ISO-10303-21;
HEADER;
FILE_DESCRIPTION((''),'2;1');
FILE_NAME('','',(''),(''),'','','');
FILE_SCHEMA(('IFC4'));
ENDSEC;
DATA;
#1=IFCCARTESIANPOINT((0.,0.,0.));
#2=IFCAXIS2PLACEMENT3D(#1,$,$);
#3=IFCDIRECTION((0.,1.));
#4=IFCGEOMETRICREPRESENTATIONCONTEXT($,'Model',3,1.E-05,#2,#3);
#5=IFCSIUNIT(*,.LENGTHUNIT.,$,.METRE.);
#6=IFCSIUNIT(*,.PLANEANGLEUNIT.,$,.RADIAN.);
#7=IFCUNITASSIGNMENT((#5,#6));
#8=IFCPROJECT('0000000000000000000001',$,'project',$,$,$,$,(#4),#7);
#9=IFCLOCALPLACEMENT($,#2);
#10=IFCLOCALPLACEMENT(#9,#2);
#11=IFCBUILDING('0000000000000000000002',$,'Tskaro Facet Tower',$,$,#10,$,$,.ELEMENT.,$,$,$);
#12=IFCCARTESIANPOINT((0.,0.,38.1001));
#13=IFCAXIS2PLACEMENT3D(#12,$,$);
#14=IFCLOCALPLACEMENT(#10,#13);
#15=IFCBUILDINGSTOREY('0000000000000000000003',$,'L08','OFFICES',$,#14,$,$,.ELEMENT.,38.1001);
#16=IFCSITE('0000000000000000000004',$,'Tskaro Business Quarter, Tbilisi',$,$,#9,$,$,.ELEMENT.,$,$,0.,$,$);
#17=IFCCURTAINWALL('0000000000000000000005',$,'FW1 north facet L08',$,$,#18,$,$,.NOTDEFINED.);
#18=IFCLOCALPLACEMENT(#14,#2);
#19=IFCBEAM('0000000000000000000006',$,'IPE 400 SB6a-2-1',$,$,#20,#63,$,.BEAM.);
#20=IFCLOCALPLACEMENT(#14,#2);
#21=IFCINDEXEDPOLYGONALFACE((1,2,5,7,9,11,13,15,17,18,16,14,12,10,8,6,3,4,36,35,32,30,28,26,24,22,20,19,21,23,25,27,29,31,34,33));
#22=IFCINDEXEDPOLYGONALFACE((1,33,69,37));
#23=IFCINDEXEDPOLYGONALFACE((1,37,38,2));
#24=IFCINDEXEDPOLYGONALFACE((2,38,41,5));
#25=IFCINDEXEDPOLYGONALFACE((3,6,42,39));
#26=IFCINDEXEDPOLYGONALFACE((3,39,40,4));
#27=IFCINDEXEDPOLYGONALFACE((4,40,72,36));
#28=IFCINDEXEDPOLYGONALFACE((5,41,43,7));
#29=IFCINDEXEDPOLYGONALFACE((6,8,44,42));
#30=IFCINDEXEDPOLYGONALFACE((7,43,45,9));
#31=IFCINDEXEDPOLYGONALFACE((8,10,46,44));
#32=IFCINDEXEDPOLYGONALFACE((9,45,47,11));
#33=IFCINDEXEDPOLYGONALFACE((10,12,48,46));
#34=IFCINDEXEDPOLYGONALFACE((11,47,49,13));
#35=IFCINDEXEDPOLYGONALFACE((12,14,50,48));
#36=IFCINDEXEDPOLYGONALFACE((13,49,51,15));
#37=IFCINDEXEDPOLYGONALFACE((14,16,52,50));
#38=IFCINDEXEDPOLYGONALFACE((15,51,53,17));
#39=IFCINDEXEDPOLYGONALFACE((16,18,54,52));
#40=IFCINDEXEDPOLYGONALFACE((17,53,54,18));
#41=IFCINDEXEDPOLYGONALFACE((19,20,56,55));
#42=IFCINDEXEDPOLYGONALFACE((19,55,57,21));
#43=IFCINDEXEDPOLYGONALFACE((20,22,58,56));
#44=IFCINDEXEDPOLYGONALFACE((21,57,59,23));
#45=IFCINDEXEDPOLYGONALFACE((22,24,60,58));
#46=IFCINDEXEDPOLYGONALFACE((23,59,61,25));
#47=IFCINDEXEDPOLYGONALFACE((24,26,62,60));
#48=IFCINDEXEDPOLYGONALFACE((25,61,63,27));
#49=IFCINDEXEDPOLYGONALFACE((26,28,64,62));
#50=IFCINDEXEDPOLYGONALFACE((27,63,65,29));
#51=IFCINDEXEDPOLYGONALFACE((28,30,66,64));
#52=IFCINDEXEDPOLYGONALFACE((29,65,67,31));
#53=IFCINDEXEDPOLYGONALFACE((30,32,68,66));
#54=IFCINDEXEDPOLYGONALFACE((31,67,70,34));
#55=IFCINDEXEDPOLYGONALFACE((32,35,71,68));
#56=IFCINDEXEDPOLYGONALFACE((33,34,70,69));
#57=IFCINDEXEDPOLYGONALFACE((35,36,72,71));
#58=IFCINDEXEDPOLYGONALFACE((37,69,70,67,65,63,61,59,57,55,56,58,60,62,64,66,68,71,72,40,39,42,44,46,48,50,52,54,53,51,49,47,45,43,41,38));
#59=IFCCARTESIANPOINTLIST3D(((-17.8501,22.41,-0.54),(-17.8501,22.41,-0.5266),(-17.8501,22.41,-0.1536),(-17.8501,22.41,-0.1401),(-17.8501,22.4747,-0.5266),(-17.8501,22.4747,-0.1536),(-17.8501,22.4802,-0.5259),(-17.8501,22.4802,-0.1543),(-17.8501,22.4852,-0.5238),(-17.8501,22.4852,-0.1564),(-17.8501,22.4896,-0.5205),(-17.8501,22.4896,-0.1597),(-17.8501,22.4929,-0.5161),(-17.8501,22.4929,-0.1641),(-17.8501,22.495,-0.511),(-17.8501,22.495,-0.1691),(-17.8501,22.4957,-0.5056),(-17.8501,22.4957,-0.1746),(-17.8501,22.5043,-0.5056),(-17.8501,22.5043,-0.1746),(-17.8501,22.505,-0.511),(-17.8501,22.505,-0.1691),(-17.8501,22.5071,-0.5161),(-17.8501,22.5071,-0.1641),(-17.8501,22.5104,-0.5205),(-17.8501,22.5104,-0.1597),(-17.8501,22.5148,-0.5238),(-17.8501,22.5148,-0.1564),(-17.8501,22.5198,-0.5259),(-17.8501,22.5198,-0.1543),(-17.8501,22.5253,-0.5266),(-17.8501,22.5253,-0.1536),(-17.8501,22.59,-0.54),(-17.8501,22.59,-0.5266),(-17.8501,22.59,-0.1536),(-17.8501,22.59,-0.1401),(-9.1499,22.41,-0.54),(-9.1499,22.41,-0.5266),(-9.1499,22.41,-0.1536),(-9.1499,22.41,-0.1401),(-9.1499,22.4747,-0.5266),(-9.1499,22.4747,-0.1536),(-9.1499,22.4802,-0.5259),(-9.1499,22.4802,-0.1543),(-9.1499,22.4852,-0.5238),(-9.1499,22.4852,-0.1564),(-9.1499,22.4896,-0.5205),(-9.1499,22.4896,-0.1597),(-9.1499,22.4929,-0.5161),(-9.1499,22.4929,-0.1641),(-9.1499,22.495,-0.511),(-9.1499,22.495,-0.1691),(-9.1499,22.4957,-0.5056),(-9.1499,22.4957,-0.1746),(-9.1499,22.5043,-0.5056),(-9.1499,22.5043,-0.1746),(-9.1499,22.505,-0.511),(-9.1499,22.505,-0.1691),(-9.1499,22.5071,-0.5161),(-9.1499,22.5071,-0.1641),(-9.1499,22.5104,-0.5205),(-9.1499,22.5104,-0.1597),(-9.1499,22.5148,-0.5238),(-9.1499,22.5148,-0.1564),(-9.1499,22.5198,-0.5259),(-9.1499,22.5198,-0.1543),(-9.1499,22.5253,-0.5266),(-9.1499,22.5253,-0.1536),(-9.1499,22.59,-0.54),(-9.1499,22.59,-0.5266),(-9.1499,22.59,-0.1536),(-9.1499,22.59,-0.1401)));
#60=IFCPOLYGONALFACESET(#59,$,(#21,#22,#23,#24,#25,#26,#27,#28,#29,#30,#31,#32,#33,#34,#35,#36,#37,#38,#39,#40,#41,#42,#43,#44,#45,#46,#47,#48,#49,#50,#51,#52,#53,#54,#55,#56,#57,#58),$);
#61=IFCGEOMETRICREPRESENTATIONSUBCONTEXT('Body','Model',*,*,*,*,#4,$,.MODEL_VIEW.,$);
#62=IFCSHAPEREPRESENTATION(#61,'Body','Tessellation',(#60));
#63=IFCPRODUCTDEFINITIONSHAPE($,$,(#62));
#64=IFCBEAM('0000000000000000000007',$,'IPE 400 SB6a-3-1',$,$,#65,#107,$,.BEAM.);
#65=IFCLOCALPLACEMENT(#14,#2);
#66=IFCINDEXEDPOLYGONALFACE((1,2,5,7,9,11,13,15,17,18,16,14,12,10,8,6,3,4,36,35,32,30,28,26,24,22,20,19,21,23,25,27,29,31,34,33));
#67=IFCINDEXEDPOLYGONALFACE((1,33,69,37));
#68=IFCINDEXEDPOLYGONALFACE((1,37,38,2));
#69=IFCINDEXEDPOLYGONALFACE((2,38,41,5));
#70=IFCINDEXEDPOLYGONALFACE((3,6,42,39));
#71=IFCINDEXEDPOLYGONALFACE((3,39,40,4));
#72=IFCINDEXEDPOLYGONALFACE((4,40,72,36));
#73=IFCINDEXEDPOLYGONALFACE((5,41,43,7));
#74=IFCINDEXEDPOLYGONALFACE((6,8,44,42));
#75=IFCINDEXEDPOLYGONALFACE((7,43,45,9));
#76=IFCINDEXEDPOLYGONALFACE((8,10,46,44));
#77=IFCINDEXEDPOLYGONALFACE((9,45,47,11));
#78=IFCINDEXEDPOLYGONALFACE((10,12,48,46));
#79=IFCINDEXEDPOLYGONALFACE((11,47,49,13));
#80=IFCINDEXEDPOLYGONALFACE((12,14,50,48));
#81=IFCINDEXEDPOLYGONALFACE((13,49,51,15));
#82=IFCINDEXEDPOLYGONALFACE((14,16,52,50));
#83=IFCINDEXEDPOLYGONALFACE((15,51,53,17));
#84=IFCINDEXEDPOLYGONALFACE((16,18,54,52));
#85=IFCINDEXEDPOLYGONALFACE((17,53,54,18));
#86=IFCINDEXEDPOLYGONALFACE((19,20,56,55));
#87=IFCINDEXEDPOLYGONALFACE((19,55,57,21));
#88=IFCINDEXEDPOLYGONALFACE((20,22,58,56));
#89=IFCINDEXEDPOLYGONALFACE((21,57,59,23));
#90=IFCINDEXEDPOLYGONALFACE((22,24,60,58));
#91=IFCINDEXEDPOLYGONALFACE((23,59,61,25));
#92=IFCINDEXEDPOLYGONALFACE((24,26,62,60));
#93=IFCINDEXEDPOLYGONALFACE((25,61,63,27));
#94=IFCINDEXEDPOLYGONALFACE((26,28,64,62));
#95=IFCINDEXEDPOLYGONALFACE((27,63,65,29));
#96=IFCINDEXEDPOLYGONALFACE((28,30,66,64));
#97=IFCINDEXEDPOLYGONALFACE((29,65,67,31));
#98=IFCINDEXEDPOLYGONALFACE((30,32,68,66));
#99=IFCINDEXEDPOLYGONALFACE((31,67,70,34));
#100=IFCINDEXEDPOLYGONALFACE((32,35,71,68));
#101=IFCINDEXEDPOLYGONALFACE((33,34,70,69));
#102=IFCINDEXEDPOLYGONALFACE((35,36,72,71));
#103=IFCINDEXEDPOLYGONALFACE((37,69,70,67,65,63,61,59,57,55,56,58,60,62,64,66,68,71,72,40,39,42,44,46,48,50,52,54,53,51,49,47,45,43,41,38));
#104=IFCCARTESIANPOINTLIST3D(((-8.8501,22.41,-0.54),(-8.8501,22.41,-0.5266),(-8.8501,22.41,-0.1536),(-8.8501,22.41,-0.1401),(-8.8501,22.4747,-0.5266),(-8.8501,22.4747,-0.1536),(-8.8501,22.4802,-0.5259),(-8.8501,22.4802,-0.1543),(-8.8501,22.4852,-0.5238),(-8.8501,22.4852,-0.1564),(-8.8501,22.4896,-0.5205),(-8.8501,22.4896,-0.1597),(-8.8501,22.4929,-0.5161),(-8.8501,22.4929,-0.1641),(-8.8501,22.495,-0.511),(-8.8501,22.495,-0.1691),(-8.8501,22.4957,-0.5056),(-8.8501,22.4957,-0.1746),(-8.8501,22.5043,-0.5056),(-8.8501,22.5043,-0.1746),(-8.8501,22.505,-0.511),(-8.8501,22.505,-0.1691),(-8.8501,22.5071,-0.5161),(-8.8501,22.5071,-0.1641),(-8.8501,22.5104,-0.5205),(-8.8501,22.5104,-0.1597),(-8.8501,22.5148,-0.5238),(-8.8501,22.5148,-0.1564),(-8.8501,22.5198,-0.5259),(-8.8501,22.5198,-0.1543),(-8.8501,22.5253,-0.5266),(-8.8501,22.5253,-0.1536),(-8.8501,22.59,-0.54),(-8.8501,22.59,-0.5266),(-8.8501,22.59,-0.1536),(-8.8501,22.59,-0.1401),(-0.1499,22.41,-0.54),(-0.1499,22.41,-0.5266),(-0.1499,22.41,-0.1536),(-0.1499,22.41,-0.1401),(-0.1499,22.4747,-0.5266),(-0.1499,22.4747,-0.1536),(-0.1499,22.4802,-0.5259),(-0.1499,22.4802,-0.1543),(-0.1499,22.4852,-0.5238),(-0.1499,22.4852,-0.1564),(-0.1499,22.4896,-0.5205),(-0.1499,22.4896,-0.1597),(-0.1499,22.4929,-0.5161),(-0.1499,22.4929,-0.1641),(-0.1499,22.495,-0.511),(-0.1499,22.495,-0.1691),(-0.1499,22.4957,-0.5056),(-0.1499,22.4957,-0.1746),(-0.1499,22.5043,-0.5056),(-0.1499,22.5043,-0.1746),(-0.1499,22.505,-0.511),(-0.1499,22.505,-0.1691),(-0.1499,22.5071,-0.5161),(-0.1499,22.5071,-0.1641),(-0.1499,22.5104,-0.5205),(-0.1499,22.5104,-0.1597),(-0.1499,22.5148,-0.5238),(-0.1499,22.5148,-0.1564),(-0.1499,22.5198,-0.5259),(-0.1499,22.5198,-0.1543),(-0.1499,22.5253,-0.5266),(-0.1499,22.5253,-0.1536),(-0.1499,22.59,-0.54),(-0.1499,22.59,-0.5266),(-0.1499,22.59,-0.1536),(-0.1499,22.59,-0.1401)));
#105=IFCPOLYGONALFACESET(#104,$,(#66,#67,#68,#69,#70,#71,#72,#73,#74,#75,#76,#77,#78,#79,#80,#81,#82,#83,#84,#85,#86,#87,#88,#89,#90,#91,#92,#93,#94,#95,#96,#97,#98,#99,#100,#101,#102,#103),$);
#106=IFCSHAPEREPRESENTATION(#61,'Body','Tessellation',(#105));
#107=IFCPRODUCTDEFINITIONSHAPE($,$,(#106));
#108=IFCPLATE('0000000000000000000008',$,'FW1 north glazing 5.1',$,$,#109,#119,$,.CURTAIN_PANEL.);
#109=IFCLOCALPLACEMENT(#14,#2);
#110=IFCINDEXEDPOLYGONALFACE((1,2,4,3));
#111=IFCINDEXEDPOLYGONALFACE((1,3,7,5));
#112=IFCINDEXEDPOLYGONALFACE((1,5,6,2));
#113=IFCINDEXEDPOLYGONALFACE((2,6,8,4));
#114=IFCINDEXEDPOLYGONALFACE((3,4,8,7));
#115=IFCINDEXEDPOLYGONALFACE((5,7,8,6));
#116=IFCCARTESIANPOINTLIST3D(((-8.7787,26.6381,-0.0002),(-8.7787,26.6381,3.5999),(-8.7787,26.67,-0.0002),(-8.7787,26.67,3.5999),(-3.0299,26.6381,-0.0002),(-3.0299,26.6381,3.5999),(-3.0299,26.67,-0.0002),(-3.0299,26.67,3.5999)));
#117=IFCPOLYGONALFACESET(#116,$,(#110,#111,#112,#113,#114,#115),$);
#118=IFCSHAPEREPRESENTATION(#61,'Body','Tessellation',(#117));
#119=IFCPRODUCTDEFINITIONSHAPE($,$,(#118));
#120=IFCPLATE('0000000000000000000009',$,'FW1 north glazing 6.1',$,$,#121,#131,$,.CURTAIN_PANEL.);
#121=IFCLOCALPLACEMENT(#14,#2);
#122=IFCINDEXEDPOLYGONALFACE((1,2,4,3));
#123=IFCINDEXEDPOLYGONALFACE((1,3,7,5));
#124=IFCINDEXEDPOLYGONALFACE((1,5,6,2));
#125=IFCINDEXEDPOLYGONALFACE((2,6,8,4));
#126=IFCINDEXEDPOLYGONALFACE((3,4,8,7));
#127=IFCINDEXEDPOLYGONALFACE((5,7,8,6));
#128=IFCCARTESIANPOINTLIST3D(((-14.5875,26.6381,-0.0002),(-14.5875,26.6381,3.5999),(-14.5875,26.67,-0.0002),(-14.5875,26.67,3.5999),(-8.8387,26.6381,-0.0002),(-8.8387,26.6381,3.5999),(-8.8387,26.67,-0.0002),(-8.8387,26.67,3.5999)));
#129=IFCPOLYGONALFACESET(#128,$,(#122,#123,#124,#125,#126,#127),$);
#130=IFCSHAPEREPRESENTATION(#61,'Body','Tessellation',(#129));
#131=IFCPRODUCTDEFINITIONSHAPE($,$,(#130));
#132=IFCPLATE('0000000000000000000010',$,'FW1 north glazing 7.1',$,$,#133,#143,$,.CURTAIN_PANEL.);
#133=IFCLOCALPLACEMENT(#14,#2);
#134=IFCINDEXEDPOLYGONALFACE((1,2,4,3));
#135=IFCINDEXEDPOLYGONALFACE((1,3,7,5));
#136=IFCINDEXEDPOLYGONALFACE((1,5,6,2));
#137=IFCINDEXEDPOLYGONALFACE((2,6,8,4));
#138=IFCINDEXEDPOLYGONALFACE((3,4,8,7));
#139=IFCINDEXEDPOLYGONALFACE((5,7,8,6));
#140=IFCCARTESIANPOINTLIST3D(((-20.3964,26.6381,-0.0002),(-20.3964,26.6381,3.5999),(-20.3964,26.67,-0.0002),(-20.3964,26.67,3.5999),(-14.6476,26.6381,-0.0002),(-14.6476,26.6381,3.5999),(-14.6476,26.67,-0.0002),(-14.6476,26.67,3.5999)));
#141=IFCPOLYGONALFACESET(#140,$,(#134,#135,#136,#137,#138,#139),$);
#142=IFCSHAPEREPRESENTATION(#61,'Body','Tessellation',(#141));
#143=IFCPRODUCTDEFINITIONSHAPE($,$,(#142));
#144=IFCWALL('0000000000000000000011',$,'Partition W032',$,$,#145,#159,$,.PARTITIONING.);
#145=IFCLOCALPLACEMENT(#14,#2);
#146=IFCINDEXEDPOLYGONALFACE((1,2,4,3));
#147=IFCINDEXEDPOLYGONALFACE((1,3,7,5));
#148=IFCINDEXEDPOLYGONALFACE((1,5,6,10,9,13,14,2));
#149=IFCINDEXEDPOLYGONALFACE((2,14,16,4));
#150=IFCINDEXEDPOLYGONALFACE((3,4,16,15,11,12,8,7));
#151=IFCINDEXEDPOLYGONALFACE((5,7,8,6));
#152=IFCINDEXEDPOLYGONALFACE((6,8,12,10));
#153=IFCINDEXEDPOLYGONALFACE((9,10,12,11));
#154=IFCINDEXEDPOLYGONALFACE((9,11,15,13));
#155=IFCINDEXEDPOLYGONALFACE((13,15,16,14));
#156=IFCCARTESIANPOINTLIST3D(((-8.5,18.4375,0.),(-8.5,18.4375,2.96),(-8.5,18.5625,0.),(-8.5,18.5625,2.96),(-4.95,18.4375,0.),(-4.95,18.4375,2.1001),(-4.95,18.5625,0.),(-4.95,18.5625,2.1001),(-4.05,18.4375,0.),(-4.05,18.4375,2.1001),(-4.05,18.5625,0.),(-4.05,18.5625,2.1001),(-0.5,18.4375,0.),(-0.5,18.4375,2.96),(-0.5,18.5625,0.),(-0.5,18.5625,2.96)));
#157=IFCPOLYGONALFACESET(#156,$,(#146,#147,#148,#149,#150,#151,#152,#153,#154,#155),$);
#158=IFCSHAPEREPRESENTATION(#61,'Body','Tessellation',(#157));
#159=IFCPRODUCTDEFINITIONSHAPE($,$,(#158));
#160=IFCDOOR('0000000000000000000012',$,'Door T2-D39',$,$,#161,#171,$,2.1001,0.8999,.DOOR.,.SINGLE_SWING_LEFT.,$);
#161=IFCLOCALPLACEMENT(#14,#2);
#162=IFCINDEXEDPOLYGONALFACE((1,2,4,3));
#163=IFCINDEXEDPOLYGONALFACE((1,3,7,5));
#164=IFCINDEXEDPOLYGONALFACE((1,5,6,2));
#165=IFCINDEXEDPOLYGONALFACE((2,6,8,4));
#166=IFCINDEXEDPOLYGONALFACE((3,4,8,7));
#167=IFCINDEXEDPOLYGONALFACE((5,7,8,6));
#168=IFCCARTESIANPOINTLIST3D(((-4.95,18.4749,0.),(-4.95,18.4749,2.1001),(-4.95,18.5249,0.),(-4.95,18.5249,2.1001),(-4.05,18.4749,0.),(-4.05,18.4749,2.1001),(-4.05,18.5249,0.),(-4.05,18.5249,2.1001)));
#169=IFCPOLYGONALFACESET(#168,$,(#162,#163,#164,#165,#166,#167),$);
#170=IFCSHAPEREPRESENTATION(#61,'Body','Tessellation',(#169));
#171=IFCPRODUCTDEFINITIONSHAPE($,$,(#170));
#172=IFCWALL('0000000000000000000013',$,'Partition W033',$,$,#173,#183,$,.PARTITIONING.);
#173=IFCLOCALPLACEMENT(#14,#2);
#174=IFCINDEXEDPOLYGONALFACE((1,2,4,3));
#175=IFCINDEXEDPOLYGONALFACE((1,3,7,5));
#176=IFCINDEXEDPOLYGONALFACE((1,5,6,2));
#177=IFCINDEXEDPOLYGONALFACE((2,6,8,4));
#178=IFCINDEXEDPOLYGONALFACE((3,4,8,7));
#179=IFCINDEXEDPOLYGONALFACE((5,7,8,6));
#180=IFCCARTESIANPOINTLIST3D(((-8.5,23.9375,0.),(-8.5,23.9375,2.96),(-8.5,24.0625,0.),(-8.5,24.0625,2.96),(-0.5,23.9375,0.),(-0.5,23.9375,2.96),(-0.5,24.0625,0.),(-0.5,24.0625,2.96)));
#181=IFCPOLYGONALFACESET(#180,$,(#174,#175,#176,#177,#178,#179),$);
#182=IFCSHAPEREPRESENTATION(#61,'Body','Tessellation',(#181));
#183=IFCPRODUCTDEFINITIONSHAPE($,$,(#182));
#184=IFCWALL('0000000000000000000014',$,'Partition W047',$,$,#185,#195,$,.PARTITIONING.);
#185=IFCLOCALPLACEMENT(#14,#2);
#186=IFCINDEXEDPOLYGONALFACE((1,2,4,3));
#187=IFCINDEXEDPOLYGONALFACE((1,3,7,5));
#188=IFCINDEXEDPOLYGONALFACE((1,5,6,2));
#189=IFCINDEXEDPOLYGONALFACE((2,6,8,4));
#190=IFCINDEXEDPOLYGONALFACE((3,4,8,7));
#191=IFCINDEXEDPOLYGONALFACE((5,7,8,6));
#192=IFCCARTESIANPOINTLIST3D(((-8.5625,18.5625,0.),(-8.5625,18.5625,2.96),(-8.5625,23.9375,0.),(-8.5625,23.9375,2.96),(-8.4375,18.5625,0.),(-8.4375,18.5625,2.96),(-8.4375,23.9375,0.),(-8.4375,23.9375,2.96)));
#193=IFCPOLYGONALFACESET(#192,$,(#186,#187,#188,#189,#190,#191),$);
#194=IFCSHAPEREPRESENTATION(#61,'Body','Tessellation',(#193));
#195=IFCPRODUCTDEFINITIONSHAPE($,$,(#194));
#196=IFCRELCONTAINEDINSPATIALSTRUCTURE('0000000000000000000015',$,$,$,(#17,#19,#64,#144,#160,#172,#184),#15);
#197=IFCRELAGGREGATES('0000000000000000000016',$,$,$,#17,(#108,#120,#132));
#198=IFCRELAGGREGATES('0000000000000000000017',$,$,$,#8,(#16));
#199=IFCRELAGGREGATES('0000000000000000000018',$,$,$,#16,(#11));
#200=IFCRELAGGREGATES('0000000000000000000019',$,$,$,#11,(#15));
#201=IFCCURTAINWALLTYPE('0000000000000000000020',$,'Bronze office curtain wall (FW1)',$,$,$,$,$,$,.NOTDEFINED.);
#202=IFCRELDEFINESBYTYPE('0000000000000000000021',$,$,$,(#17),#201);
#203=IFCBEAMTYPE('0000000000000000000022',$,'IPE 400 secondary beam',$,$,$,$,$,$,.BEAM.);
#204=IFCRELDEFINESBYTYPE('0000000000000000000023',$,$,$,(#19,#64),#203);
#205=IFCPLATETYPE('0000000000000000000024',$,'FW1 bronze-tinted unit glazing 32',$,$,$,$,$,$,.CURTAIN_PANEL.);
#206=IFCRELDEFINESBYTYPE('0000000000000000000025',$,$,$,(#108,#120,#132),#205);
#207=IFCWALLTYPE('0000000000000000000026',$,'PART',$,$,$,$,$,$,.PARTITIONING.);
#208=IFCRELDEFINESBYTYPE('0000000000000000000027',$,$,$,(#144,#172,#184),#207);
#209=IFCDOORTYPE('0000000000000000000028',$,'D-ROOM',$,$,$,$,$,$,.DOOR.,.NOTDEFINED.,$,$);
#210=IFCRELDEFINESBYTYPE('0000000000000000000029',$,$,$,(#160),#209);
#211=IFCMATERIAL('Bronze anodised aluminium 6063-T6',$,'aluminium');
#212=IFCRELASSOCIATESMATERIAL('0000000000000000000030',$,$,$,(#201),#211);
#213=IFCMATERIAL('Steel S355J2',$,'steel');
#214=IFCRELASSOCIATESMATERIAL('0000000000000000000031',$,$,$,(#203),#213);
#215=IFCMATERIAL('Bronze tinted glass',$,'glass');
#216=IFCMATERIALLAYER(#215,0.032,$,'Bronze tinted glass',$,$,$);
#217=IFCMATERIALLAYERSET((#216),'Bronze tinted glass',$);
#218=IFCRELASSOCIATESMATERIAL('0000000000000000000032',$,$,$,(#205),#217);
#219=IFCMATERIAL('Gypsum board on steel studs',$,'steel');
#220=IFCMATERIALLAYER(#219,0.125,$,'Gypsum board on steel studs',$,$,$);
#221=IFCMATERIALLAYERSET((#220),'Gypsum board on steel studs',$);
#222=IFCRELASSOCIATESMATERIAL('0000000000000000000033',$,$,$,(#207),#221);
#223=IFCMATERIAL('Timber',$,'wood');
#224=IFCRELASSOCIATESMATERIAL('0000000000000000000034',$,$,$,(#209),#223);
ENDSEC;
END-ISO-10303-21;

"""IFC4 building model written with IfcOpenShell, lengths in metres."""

from ifc_helpers import new_model, si_unit, direction, frame, frame_2d, origin, origin_2d, place, context, subcontext, project, spatial, rectangle, i_section, extrude, material, layer, layer_set, material_profile, profile_set, type_object, element, fill, aggregate, save


model = new_model("IFC4")

# Units and contexts
model_context = context("Model", 3, precision=1e-05, world=origin(), true_north=direction((0.0, 1.0)))
body_context = subcontext(model_context, "Body", "Model", "MODEL_VIEW")
ifc_project = project(units=[si_unit("LENGTHUNIT", "METRE"), si_unit("PLANEANGLEUNIT", "RADIAN")], contexts=[model_context])

# Site, building, storey
site_placement = place(None, origin())
site = spatial("IfcSite", under=ifc_project, at=site_placement, Name="Tskaro Business Quarter, Tbilisi", CompositionType="ELEMENT", RefElevation=0.0)
building_placement = place(site_placement, origin())
building = spatial("IfcBuilding", under=site, at=building_placement, Name="Tskaro Facet Tower", CompositionType="ELEMENT")
storey_placement = place(building_placement, frame((0.0, 0.0, 38.1001)))
storey = spatial("IfcBuildingStorey", under=building, at=storey_placement, Name="L08", Description="OFFICES", CompositionType="ELEMENT", Elevation=38.1001)

# Curtain wall
ifc_material_1 = material(Name="Bronze anodised aluminium 6063-T6", Category="aluminium")
curtain_wall_type = type_object("IfcCurtainWallType", Name="Bronze office curtain wall (FW1)", PredefinedType="NOTDEFINED", material=ifc_material_1)
curtain_wall_placement = place(storey_placement, origin())
curtain_wall = element("IfcCurtainWall", 1, at=curtain_wall_placement, inside=storey, type_object=curtain_wall_type, Name="FW1 north facet L08", PredefinedType="NOTDEFINED")

# Beams
ifc_material_2 = material(Name="Steel S355J2", Category="steel")
ifc_material_profile_1 = material_profile(ifc_material_2, i_section(OverallWidth=0.1799, OverallDepth=0.3999, WebThickness=0.0085, FlangeThickness=0.0134, FilletRadius=0.021, at=origin_2d()), Name="IPE 400")
ifc_profile_set_1 = profile_set([ifc_material_profile_1], Name="Steel S355J2")
beam_type_1 = type_object("IfcBeamType", Name="IPE 400 secondary beam", PredefinedType="BEAM", material=ifc_profile_set_1)
for number, where, z_axis, x_axis, name in (
    (2, (-17.8501, 22.5, -0.3401), (1.0, 0.0, 0.0), (0.0, 1.0, 0.0), "IPE 400 SB6a-2-1"),
    (3, (-8.8501, 22.5, -0.3401), (1.0, 0.0, 0.0), (0.0, 1.0, 0.0), "IPE 400 SB6a-3-1"),
):
    element("IfcBeam", number, at=place(storey_placement, frame(where, z_axis=z_axis, x_axis=x_axis)), inside=storey, type_object=beam_type_1, Name=name, PredefinedType="BEAM", context=body_context, shape_type="SweptSolid", body=[
        extrude(i_section(OverallWidth=0.1799, OverallDepth=0.3999, WebThickness=0.0085, FlangeThickness=0.0134, FilletRadius=0.021, at=origin_2d()), origin(), (0.0, 0.0, 1.0), 8.7002),
    ])

# Plates
ifc_material_3 = material(Name="Bronze tinted glass", Category="glass")
ifc_layer_1 = layer(ifc_material_3, 0.032, Name="Bronze tinted glass")
ifc_layer_set_1 = layer_set([ifc_layer_1], Name="Bronze tinted glass")
plate_type = type_object("IfcPlateType", Name="FW1 bronze-tinted unit glazing 32", PredefinedType="CURTAIN_PANEL", material=ifc_layer_set_1)
plate_1_placement = place(storey_placement, frame((-5.9043, 26.6541, -0.0002), z_axis=(0.0, 0.0, 1.0), x_axis=(-1.0, 0.0, 0.0)))
plate_1 = element("IfcPlate", 4, at=plate_1_placement, type_object=plate_type, Name="FW1 north glazing 5.1", PredefinedType="CURTAIN_PANEL", context=body_context, shape_type="SweptSolid", body=[
    extrude(rectangle(XDim=5.7488, YDim=0.032, at=origin_2d()), origin(), (0.0, 0.0, 1.0), 3.6001),
])
plate_2_placement = place(storey_placement, frame((-11.7131, 26.6541, -0.0002), z_axis=(0.0, 0.0, 1.0), x_axis=(-1.0, 0.0, 0.0)))
plate_2 = element("IfcPlate", 5, at=plate_2_placement, type_object=plate_type, Name="FW1 north glazing 6.1", PredefinedType="CURTAIN_PANEL", context=body_context, shape_type="SweptSolid", body=[
    extrude(rectangle(XDim=5.7488, YDim=0.032, at=origin_2d()), origin(), (0.0, 0.0, 1.0), 3.6001),
])
plate_3_placement = place(storey_placement, frame((-17.522, 26.6541, -0.0002), z_axis=(0.0, 0.0, 1.0), x_axis=(-1.0, 0.0, 0.0)))
plate_3 = element("IfcPlate", 6, at=plate_3_placement, type_object=plate_type, Name="FW1 north glazing 7.1", PredefinedType="CURTAIN_PANEL", context=body_context, shape_type="SweptSolid", body=[
    extrude(rectangle(XDim=5.7488, YDim=0.032, at=origin_2d()), origin(), (0.0, 0.0, 1.0), 3.6001),
])
aggregate(curtain_wall, [plate_1, plate_2, plate_3])

# Wall, opening, door
ifc_material_4 = material(Name="Gypsum board on steel studs", Category="steel")
ifc_layer_2 = layer(ifc_material_4, 0.125, Name="Gypsum board on steel studs")
ifc_layer_set_2 = layer_set([ifc_layer_2], Name="Gypsum board on steel studs")
wall_type = type_object("IfcWallType", Name="PART", PredefinedType="PARTITIONING", material=ifc_layer_set_2)
wall_1_placement = place(storey_placement, frame((-8.5, 18.5, 0.0), z_axis=(0.0, 0.0, 1.0), x_axis=(1.0, 0.0, 0.0)))
wall_1 = element("IfcWall", 7, at=wall_1_placement, inside=storey, type_object=wall_type, Name="Partition W032", PredefinedType="PARTITIONING", context=body_context, shape_type="SweptSolid", body=[
    extrude(rectangle(XDim=8.0, YDim=0.125, at=frame_2d((4.0, 0.0))), origin(), (0.0, 0.0, 1.0), 2.96),
])
opening_placement = place(wall_1_placement, frame((3.55, 0.0, 0.0)))
opening = element("IfcOpeningElement", 8, at=opening_placement, cuts=wall_1, PredefinedType="OPENING", context=body_context, shape_type="SweptSolid", body=[
    extrude(rectangle(XDim=0.8999, YDim=2.1001, at=frame_2d((0.45, 1.05))), frame((0.0, 0.0725, 0.0), z_axis=(0.0, -1.0, 0.0), x_axis=(1.0, 0.0, 0.0)), (0.0, 0.0, 1.0), 0.145),
])
ifc_material_5 = material(Name="Timber", Category="wood")
door_type = type_object("IfcDoorType", Name="D-ROOM", OperationType="NOTDEFINED", PredefinedType="DOOR", material=ifc_material_5)
door_placement = place(opening_placement, origin())
door = element("IfcDoor", 9, at=door_placement, inside=storey, type_object=door_type, Name="Door T2-D39", OperationType="SINGLE_SWING_LEFT", OverallHeight=2.1001, OverallWidth=0.8999, PredefinedType="DOOR", context=body_context, shape_type="SweptSolid", body=[
    extrude(rectangle(XDim=0.8999, YDim=2.1001, at=frame_2d((0.45, 1.05))), frame((0.0, 0.0249, 0.0), z_axis=(0.0, -1.0, 0.0), x_axis=(1.0, 0.0, 0.0)), (0.0, 0.0, 1.0), 0.05),
])
fill(opening, door)

# Walls
wall_2_placement = place(storey_placement, frame((-8.5, 24.0, 0.0), z_axis=(0.0, 0.0, 1.0), x_axis=(1.0, 0.0, 0.0)))
element("IfcWall", 10, at=wall_2_placement, inside=storey, type_object=wall_type, Name="Partition W033", PredefinedType="PARTITIONING", context=body_context, shape_type="SweptSolid", body=[
    extrude(rectangle(XDim=8.0, YDim=0.125, at=frame_2d((4.0, 0.0))), origin(), (0.0, 0.0, 1.0), 2.96),
])
wall_3_placement = place(storey_placement, frame((-8.5, 18.5625, 0.0), z_axis=(0.0, 0.0, 1.0), x_axis=(0.0, 1.0, 0.0)))
element("IfcWall", 11, at=wall_3_placement, inside=storey, type_object=wall_type, Name="Partition W047", PredefinedType="PARTITIONING", context=body_context, shape_type="SweptSolid", body=[
    extrude(rectangle(XDim=5.375, YDim=0.125, at=frame_2d((2.6875, 0.0))), origin(), (0.0, 0.0, 1.0), 2.96),
])

save(model, "model.ifc")
